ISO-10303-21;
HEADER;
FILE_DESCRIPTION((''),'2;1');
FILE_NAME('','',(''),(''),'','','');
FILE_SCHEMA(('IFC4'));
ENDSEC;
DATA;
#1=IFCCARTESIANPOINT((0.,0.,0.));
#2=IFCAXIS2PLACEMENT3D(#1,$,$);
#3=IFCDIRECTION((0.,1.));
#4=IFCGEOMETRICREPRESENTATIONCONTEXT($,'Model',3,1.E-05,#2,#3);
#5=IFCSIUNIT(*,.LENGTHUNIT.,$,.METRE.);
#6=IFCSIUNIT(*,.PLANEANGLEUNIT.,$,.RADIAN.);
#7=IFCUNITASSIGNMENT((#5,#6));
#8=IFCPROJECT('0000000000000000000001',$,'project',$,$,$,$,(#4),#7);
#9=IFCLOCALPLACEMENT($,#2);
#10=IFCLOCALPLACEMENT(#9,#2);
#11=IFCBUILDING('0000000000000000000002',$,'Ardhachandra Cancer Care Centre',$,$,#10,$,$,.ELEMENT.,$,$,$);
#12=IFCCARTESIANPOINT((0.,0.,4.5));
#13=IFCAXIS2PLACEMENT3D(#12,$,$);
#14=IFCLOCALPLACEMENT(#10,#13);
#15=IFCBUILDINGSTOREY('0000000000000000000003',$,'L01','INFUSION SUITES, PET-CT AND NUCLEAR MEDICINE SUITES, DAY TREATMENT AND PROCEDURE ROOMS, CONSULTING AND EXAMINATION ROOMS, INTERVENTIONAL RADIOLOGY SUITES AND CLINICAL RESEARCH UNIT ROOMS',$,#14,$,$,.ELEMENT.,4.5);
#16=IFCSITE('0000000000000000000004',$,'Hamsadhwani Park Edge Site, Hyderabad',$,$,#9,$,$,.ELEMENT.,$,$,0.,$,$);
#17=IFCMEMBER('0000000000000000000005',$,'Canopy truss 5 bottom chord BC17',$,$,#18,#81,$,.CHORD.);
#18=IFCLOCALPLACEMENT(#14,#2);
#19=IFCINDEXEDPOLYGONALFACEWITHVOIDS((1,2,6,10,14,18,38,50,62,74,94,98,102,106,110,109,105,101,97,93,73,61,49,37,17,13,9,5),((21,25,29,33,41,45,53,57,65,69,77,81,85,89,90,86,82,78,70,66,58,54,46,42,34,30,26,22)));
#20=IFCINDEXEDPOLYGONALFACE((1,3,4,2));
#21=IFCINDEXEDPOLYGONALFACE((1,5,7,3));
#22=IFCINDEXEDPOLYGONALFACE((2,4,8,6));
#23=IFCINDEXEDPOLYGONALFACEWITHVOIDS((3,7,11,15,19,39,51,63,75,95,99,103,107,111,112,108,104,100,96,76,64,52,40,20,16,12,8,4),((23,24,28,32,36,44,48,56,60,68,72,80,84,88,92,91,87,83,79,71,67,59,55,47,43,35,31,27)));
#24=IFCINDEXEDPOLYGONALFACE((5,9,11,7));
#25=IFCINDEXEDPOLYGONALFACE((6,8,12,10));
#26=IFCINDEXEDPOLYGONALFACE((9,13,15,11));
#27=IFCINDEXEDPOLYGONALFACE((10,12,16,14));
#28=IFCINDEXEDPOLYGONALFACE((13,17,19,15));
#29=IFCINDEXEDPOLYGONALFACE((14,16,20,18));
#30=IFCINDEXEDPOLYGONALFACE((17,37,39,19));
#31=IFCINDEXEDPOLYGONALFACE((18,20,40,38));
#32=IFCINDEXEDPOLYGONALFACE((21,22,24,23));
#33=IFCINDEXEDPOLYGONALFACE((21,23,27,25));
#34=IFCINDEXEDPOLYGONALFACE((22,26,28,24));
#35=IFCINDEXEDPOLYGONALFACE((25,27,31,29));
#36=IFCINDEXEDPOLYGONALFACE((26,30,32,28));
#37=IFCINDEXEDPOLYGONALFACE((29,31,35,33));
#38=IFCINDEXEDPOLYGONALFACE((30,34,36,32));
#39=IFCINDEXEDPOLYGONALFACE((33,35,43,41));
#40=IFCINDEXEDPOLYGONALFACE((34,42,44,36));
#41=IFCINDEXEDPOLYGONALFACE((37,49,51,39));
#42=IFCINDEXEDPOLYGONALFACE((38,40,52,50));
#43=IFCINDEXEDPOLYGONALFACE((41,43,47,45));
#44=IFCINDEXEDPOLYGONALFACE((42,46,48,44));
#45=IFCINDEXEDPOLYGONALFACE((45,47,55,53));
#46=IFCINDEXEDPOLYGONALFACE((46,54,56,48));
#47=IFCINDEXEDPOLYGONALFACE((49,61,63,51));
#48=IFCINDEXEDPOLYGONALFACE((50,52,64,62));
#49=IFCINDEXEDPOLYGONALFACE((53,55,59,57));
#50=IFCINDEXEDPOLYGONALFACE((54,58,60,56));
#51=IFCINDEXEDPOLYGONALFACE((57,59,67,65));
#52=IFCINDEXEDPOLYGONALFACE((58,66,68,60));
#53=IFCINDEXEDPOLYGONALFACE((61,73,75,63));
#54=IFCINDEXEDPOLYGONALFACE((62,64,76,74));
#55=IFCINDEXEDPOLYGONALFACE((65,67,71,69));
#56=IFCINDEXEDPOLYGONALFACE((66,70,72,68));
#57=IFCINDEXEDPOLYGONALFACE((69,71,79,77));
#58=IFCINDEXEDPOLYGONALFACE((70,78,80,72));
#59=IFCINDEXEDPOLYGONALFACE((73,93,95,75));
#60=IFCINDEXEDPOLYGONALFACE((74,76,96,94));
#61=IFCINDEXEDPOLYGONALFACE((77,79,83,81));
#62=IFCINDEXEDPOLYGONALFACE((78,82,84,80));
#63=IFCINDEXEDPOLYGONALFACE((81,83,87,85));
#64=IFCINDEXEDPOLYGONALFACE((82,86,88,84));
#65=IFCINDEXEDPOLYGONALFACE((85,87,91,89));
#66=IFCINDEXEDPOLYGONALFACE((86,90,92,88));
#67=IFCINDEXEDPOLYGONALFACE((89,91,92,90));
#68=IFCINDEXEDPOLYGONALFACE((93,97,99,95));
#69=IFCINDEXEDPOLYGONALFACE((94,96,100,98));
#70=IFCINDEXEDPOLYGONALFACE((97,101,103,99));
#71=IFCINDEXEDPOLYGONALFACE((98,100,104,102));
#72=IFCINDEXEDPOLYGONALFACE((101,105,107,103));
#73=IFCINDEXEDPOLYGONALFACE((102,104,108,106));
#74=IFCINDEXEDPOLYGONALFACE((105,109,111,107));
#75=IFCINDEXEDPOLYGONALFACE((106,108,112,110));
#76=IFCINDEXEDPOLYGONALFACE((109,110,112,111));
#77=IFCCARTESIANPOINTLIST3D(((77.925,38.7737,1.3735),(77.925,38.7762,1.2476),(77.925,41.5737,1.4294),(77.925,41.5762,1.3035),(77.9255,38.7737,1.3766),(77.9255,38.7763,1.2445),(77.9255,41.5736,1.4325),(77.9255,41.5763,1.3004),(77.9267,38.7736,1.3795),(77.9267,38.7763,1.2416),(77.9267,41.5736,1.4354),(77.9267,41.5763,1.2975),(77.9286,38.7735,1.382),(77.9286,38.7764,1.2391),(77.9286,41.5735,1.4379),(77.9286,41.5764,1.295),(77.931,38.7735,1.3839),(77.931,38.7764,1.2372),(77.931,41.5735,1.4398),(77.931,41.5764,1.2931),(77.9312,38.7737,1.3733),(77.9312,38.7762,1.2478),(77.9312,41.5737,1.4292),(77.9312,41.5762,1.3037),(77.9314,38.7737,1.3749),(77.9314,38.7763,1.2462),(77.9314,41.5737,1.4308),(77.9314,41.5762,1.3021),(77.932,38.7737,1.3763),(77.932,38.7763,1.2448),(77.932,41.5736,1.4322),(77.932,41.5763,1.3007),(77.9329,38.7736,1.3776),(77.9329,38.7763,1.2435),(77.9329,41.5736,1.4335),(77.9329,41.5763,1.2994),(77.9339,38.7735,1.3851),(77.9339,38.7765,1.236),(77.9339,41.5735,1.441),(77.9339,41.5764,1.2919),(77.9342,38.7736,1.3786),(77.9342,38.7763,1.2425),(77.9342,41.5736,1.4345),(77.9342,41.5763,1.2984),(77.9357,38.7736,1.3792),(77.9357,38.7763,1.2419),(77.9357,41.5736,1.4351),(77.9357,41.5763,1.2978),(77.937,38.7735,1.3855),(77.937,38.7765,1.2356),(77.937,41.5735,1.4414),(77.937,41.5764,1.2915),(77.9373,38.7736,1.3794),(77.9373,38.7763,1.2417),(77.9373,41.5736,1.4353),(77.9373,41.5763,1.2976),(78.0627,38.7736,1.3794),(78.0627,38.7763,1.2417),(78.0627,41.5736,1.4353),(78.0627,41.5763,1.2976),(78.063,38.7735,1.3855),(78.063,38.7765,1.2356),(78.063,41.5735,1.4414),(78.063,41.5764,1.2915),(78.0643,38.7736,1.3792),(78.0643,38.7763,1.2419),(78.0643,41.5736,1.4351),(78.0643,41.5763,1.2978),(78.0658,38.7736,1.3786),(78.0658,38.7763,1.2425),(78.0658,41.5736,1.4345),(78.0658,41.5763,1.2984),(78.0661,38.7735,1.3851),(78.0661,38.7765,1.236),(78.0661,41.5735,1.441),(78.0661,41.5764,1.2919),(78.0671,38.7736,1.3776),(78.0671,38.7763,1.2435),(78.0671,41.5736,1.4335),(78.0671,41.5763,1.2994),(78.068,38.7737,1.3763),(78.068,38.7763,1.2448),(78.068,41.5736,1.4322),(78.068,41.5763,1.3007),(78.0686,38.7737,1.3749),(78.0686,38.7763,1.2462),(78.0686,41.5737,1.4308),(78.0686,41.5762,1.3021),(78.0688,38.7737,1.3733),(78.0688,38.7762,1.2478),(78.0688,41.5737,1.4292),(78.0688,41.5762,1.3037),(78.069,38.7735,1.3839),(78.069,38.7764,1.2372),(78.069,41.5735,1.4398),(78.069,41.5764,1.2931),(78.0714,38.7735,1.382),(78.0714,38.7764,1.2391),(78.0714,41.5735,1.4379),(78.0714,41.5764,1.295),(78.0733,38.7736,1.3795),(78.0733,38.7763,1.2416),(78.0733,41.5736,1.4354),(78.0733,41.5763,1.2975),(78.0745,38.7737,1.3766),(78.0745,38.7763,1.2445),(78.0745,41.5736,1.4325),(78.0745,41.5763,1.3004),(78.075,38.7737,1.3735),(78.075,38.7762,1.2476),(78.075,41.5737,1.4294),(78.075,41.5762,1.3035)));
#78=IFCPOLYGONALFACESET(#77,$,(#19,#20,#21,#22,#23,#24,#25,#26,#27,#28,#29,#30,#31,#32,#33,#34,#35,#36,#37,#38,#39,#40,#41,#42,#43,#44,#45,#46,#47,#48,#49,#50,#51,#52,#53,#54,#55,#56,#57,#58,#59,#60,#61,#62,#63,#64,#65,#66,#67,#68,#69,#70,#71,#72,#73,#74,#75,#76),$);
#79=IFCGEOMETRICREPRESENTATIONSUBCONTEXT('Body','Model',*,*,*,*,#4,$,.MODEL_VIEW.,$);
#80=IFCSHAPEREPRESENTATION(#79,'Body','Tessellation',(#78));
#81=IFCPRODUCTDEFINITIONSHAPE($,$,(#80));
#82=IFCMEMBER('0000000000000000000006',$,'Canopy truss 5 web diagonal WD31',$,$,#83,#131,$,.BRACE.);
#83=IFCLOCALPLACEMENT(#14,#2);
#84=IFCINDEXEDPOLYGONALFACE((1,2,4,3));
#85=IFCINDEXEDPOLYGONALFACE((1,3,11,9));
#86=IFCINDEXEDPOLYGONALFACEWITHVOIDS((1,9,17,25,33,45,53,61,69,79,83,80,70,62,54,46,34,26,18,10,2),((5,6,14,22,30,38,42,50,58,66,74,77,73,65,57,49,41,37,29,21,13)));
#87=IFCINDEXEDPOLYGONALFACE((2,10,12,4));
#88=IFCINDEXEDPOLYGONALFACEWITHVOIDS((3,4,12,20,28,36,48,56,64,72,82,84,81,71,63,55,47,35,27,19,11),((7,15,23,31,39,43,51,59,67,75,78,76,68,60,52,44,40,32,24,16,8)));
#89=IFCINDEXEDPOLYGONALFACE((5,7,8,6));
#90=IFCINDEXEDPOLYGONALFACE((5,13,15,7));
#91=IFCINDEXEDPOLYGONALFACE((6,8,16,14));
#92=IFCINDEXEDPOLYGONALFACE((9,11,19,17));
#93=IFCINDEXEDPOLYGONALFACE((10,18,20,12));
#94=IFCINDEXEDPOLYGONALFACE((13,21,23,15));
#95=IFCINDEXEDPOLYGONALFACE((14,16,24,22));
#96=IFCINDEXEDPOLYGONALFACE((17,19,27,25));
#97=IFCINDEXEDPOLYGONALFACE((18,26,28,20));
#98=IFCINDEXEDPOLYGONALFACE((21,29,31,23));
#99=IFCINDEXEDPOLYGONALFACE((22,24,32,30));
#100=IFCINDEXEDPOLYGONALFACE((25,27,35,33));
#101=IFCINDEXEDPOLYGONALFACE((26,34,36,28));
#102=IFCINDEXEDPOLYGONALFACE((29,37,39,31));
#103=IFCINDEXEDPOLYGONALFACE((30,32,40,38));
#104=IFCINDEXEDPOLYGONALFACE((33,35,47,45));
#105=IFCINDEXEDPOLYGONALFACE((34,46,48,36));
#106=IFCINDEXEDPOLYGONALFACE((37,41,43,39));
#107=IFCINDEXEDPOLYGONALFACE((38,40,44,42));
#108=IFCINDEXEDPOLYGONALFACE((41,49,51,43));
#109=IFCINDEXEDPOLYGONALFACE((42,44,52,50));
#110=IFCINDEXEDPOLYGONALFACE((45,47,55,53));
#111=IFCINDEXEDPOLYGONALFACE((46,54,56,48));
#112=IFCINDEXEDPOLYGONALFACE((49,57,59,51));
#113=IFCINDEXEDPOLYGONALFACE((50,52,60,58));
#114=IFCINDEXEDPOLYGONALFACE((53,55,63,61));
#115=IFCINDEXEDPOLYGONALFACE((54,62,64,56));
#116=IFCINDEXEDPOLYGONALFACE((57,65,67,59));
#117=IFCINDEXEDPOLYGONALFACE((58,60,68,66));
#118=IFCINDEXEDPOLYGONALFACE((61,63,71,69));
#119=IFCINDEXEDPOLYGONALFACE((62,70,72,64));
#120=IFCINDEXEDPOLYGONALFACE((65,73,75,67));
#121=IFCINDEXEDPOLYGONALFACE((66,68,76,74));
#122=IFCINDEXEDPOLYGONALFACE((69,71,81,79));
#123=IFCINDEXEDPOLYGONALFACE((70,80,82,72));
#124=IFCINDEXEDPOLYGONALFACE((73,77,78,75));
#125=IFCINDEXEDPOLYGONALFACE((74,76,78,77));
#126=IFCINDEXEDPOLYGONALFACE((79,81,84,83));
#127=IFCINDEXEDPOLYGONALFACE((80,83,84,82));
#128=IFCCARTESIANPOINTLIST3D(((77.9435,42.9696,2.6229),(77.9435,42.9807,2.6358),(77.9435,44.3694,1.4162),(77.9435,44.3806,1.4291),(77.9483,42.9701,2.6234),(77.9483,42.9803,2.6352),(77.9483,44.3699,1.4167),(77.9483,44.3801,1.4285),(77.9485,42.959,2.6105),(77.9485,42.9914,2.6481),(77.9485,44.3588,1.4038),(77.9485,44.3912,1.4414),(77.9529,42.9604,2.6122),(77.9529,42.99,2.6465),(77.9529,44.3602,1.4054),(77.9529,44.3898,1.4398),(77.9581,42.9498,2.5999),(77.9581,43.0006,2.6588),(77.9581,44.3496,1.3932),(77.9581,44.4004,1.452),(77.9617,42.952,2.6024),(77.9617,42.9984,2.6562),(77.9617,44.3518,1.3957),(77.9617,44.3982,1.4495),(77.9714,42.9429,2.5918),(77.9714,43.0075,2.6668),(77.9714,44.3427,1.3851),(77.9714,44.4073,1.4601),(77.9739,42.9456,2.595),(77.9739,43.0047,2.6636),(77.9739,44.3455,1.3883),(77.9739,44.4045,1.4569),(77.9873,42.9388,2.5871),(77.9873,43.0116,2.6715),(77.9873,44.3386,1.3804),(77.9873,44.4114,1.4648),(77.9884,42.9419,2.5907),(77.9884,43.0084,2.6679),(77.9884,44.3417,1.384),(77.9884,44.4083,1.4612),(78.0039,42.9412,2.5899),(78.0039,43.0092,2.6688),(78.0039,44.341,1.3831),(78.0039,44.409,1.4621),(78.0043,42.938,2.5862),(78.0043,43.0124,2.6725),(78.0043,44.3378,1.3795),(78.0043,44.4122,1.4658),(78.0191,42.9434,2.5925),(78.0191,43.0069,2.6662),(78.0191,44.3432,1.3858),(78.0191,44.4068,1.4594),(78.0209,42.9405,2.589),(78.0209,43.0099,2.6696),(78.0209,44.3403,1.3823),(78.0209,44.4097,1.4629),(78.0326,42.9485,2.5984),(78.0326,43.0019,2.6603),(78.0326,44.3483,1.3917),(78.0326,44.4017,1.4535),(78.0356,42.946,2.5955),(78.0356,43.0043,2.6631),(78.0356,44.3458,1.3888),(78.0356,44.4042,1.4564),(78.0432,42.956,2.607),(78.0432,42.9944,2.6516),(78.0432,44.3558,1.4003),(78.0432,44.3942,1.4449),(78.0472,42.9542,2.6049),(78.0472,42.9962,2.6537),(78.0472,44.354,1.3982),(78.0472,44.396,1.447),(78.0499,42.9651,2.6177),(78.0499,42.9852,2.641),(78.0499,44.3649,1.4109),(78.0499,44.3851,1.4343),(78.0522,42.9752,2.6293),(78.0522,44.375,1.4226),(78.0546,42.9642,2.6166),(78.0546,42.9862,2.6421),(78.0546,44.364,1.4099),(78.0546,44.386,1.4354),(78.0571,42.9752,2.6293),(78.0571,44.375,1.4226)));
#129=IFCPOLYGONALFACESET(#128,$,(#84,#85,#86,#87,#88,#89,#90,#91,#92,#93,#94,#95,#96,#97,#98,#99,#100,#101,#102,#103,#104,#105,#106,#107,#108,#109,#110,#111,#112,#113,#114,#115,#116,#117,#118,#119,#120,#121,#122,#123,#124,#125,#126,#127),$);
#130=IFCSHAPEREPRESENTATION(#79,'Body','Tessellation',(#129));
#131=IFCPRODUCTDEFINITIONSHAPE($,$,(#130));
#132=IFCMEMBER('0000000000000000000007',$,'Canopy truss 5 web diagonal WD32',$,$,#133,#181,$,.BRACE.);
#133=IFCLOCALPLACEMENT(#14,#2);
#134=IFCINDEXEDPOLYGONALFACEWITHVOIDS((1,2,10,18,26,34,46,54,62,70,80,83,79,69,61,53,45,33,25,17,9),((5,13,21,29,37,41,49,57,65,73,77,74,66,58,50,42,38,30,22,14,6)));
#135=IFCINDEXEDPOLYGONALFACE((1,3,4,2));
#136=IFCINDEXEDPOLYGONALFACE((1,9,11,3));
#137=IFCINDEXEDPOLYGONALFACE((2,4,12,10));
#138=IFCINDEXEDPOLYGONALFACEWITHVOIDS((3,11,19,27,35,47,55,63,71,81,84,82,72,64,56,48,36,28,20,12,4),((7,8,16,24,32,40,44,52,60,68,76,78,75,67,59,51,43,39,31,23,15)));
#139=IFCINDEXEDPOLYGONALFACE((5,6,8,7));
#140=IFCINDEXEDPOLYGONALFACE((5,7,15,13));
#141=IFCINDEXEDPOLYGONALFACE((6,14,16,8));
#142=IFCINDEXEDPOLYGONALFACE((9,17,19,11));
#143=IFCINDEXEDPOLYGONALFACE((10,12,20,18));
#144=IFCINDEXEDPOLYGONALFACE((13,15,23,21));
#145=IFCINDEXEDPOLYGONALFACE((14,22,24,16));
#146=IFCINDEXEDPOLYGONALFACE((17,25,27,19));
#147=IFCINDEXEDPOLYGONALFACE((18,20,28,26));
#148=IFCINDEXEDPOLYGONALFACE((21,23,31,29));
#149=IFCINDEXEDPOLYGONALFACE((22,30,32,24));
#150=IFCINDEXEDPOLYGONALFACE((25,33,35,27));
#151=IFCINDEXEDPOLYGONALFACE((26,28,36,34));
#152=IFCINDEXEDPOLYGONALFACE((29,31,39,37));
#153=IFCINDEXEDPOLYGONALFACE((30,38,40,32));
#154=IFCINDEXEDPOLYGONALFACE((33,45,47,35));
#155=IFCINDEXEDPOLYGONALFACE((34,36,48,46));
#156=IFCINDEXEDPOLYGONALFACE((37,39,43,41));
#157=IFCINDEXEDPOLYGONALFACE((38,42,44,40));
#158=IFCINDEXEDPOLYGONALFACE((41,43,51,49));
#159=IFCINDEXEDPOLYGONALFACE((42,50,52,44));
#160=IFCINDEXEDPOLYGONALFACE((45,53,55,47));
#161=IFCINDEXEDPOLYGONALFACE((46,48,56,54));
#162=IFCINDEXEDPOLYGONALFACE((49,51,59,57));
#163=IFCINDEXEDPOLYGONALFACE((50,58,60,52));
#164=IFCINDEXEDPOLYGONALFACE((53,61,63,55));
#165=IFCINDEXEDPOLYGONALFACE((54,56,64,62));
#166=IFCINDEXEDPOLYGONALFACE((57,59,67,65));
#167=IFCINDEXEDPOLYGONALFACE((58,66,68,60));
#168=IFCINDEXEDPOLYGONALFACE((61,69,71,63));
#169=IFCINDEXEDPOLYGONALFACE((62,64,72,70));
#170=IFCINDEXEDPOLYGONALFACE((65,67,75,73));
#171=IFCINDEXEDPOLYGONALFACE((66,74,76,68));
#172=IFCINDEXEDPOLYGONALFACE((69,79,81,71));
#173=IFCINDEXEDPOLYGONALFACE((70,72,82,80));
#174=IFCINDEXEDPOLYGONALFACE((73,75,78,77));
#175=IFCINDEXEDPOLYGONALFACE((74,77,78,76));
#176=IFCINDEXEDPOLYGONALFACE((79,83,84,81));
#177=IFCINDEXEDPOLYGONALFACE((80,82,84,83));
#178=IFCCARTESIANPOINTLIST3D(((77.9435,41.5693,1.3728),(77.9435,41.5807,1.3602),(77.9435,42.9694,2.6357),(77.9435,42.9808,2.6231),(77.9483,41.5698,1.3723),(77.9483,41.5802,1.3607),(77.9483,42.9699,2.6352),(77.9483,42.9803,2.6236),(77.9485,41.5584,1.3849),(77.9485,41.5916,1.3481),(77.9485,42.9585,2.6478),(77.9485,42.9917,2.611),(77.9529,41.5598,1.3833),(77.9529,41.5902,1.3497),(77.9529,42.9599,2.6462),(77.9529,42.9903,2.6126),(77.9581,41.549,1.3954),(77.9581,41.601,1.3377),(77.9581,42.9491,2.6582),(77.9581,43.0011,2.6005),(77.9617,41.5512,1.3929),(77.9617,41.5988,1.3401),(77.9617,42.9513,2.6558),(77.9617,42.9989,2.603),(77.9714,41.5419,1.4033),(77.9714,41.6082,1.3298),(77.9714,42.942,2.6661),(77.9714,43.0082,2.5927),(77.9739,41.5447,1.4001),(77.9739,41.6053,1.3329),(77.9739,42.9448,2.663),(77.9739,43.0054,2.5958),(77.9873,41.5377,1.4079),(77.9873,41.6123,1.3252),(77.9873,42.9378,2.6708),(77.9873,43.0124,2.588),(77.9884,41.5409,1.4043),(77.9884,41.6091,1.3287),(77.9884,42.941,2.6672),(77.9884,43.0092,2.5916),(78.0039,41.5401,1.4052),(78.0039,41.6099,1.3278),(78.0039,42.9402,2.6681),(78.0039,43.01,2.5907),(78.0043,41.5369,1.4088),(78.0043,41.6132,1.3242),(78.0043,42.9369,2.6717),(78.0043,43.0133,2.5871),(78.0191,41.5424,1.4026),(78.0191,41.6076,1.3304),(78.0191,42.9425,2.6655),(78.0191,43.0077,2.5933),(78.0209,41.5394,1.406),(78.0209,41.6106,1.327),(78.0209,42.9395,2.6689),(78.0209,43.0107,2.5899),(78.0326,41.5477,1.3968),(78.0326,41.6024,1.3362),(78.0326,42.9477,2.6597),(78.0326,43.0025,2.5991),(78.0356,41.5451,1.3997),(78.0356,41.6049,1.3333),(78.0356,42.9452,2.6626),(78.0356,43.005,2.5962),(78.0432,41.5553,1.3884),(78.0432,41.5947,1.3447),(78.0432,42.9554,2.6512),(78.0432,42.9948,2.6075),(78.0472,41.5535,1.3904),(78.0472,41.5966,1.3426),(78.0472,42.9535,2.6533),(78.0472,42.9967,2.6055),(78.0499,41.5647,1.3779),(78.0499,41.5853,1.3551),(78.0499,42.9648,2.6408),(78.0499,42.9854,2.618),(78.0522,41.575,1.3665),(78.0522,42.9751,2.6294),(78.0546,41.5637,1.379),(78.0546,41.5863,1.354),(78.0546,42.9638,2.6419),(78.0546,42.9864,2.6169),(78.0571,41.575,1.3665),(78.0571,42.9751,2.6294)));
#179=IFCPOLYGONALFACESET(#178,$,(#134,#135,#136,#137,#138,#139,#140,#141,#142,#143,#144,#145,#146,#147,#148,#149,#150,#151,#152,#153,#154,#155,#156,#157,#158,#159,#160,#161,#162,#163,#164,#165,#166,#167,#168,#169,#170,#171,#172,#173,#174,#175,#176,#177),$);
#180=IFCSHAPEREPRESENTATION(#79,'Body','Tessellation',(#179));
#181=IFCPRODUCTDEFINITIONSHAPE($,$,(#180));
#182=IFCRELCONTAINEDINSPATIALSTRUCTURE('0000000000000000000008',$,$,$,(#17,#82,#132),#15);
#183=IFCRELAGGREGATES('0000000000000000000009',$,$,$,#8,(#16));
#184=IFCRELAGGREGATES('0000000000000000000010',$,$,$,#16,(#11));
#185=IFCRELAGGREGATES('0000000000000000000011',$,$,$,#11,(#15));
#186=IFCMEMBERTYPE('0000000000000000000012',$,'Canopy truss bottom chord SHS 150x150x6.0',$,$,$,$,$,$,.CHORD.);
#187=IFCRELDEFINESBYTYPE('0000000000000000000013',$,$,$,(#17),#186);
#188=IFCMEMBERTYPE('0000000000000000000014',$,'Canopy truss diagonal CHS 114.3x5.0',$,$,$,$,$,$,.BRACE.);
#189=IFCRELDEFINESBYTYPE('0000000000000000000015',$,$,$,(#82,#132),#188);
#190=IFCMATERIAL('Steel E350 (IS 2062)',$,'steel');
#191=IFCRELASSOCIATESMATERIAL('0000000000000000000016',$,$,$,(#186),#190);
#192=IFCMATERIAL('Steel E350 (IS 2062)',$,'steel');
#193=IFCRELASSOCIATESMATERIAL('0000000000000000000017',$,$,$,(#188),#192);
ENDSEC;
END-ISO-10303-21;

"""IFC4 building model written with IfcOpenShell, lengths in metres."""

from ifc_helpers import new_model, si_unit, direction, frame, origin, origin_2d, place, context, subcontext, project, spatial, hollow_rectangle, hollow_circle, extrude, material, material_profile, profile_set, type_object, element, save


model = new_model("IFC4")

# Units and contexts
model_context = context("Model", 3, precision=1e-05, world=origin(), true_north=direction((0.0, 1.0)))
body_context = subcontext(model_context, "Body", "Model", "MODEL_VIEW")
ifc_project = project(units=[si_unit("LENGTHUNIT", "METRE"), si_unit("PLANEANGLEUNIT", "RADIAN")], contexts=[model_context])

# Site, building, storey
site_placement = place(None, origin())
site = spatial("IfcSite", under=ifc_project, at=site_placement, Name="Hamsadhwani Park Edge Site, Hyderabad", CompositionType="ELEMENT", RefElevation=0.0)
building_placement = place(site_placement, origin())
building = spatial("IfcBuilding", under=site, at=building_placement, Name="Ardhachandra Cancer Care Centre", CompositionType="ELEMENT")
storey_placement = place(building_placement, frame((0.0, 0.0, 4.5)))
storey = spatial("IfcBuildingStorey", under=building, at=storey_placement, Name="L01", Description="INFUSION SUITES, PET-CT AND NUCLEAR MEDICINE SUITES, DAY TREATMENT AND PROCEDURE ROOMS, CONSULTING AND EXAMINATION ROOMS, INTERVENTIONAL RADIOLOGY SUITES AND CLINICAL RESEARCH UNIT ROOMS", CompositionType="ELEMENT", Elevation=4.5)

# Members
ifc_material_1 = material(Name="Steel E350 (IS 2062)", Category="steel")
ifc_material_profile_1 = material_profile(ifc_material_1, hollow_rectangle(XDim=0.1499, YDim=0.1499, WallThickness=0.0061, InnerFilletRadius=0.0061, OuterFilletRadius=0.012, at=origin_2d()), Name="SHS 150x150x6.0")
ifc_profile_set_1 = profile_set([ifc_material_profile_1], Name="Steel E350 (IS 2062)")
member_type_1 = type_object("IfcMemberType", Name="Canopy truss bottom chord SHS 150x150x6.0", PredefinedType="CHORD", material=ifc_profile_set_1)
for number, where, z_axis, x_axis, name in (
    (1, (78.0, 41.575, 1.3665), (0.0, -0.999801, -0.019963), (1.0, 0.0, 0.0), "Canopy truss 5 bottom chord BC17"),
):
    element("IfcMember", number, at=place(storey_placement, frame(where, z_axis=z_axis, x_axis=x_axis)), inside=storey, type_object=member_type_1, Name=name, PredefinedType="CHORD", context=body_context, shape_type="SweptSolid", body=[
        extrude(hollow_rectangle(XDim=0.1499, YDim=0.1499, WallThickness=0.0061, InnerFilletRadius=0.0061, OuterFilletRadius=0.012, at=origin_2d()), origin(), (0.0, 0.0, 1.0), 2.8005),
    ])
ifc_material_2 = material(Name="Steel E350 (IS 2062)", Category="steel")
ifc_material_profile_2 = material_profile(ifc_material_2, hollow_circle(Radius=0.0571, WallThickness=0.0049, at=origin_2d()), Name="CHS 114.3x5.0")
ifc_profile_set_2 = profile_set([ifc_material_profile_2], Name="Steel E350 (IS 2062)")
member_type_2 = type_object("IfcMemberType", Name="Canopy truss diagonal CHS 114.3x5.0", PredefinedType="BRACE", material=ifc_profile_set_2)
member_1_placement = place(storey_placement, frame((78.0, 44.375, 1.4226), z_axis=(0.0, -0.757417, 0.652932), x_axis=(1.0, 0.0, 0.0)))
element("IfcMember", 2, at=member_1_placement, inside=storey, type_object=member_type_2, Name="Canopy truss 5 web diagonal WD31", PredefinedType="BRACE", context=body_context, shape_type="SweptSolid", body=[
    extrude(hollow_circle(Radius=0.0571, WallThickness=0.0049, at=origin_2d()), origin(), (0.0, 0.0, 1.0), 1.8481),
])
member_2_placement = place(storey_placement, frame((78.0, 42.9751, 2.6294), z_axis=(0.0, -0.742553, -0.669787), x_axis=(1.0, 0.0, 0.0)))
element("IfcMember", 3, at=member_2_placement, inside=storey, type_object=member_type_2, Name="Canopy truss 5 web diagonal WD32", PredefinedType="BRACE", context=body_context, shape_type="SweptSolid", body=[
    extrude(hollow_circle(Radius=0.0571, WallThickness=0.0049, at=origin_2d()), origin(), (0.0, 0.0, 1.0), 1.8855),
])

save(model, "model.ifc")
